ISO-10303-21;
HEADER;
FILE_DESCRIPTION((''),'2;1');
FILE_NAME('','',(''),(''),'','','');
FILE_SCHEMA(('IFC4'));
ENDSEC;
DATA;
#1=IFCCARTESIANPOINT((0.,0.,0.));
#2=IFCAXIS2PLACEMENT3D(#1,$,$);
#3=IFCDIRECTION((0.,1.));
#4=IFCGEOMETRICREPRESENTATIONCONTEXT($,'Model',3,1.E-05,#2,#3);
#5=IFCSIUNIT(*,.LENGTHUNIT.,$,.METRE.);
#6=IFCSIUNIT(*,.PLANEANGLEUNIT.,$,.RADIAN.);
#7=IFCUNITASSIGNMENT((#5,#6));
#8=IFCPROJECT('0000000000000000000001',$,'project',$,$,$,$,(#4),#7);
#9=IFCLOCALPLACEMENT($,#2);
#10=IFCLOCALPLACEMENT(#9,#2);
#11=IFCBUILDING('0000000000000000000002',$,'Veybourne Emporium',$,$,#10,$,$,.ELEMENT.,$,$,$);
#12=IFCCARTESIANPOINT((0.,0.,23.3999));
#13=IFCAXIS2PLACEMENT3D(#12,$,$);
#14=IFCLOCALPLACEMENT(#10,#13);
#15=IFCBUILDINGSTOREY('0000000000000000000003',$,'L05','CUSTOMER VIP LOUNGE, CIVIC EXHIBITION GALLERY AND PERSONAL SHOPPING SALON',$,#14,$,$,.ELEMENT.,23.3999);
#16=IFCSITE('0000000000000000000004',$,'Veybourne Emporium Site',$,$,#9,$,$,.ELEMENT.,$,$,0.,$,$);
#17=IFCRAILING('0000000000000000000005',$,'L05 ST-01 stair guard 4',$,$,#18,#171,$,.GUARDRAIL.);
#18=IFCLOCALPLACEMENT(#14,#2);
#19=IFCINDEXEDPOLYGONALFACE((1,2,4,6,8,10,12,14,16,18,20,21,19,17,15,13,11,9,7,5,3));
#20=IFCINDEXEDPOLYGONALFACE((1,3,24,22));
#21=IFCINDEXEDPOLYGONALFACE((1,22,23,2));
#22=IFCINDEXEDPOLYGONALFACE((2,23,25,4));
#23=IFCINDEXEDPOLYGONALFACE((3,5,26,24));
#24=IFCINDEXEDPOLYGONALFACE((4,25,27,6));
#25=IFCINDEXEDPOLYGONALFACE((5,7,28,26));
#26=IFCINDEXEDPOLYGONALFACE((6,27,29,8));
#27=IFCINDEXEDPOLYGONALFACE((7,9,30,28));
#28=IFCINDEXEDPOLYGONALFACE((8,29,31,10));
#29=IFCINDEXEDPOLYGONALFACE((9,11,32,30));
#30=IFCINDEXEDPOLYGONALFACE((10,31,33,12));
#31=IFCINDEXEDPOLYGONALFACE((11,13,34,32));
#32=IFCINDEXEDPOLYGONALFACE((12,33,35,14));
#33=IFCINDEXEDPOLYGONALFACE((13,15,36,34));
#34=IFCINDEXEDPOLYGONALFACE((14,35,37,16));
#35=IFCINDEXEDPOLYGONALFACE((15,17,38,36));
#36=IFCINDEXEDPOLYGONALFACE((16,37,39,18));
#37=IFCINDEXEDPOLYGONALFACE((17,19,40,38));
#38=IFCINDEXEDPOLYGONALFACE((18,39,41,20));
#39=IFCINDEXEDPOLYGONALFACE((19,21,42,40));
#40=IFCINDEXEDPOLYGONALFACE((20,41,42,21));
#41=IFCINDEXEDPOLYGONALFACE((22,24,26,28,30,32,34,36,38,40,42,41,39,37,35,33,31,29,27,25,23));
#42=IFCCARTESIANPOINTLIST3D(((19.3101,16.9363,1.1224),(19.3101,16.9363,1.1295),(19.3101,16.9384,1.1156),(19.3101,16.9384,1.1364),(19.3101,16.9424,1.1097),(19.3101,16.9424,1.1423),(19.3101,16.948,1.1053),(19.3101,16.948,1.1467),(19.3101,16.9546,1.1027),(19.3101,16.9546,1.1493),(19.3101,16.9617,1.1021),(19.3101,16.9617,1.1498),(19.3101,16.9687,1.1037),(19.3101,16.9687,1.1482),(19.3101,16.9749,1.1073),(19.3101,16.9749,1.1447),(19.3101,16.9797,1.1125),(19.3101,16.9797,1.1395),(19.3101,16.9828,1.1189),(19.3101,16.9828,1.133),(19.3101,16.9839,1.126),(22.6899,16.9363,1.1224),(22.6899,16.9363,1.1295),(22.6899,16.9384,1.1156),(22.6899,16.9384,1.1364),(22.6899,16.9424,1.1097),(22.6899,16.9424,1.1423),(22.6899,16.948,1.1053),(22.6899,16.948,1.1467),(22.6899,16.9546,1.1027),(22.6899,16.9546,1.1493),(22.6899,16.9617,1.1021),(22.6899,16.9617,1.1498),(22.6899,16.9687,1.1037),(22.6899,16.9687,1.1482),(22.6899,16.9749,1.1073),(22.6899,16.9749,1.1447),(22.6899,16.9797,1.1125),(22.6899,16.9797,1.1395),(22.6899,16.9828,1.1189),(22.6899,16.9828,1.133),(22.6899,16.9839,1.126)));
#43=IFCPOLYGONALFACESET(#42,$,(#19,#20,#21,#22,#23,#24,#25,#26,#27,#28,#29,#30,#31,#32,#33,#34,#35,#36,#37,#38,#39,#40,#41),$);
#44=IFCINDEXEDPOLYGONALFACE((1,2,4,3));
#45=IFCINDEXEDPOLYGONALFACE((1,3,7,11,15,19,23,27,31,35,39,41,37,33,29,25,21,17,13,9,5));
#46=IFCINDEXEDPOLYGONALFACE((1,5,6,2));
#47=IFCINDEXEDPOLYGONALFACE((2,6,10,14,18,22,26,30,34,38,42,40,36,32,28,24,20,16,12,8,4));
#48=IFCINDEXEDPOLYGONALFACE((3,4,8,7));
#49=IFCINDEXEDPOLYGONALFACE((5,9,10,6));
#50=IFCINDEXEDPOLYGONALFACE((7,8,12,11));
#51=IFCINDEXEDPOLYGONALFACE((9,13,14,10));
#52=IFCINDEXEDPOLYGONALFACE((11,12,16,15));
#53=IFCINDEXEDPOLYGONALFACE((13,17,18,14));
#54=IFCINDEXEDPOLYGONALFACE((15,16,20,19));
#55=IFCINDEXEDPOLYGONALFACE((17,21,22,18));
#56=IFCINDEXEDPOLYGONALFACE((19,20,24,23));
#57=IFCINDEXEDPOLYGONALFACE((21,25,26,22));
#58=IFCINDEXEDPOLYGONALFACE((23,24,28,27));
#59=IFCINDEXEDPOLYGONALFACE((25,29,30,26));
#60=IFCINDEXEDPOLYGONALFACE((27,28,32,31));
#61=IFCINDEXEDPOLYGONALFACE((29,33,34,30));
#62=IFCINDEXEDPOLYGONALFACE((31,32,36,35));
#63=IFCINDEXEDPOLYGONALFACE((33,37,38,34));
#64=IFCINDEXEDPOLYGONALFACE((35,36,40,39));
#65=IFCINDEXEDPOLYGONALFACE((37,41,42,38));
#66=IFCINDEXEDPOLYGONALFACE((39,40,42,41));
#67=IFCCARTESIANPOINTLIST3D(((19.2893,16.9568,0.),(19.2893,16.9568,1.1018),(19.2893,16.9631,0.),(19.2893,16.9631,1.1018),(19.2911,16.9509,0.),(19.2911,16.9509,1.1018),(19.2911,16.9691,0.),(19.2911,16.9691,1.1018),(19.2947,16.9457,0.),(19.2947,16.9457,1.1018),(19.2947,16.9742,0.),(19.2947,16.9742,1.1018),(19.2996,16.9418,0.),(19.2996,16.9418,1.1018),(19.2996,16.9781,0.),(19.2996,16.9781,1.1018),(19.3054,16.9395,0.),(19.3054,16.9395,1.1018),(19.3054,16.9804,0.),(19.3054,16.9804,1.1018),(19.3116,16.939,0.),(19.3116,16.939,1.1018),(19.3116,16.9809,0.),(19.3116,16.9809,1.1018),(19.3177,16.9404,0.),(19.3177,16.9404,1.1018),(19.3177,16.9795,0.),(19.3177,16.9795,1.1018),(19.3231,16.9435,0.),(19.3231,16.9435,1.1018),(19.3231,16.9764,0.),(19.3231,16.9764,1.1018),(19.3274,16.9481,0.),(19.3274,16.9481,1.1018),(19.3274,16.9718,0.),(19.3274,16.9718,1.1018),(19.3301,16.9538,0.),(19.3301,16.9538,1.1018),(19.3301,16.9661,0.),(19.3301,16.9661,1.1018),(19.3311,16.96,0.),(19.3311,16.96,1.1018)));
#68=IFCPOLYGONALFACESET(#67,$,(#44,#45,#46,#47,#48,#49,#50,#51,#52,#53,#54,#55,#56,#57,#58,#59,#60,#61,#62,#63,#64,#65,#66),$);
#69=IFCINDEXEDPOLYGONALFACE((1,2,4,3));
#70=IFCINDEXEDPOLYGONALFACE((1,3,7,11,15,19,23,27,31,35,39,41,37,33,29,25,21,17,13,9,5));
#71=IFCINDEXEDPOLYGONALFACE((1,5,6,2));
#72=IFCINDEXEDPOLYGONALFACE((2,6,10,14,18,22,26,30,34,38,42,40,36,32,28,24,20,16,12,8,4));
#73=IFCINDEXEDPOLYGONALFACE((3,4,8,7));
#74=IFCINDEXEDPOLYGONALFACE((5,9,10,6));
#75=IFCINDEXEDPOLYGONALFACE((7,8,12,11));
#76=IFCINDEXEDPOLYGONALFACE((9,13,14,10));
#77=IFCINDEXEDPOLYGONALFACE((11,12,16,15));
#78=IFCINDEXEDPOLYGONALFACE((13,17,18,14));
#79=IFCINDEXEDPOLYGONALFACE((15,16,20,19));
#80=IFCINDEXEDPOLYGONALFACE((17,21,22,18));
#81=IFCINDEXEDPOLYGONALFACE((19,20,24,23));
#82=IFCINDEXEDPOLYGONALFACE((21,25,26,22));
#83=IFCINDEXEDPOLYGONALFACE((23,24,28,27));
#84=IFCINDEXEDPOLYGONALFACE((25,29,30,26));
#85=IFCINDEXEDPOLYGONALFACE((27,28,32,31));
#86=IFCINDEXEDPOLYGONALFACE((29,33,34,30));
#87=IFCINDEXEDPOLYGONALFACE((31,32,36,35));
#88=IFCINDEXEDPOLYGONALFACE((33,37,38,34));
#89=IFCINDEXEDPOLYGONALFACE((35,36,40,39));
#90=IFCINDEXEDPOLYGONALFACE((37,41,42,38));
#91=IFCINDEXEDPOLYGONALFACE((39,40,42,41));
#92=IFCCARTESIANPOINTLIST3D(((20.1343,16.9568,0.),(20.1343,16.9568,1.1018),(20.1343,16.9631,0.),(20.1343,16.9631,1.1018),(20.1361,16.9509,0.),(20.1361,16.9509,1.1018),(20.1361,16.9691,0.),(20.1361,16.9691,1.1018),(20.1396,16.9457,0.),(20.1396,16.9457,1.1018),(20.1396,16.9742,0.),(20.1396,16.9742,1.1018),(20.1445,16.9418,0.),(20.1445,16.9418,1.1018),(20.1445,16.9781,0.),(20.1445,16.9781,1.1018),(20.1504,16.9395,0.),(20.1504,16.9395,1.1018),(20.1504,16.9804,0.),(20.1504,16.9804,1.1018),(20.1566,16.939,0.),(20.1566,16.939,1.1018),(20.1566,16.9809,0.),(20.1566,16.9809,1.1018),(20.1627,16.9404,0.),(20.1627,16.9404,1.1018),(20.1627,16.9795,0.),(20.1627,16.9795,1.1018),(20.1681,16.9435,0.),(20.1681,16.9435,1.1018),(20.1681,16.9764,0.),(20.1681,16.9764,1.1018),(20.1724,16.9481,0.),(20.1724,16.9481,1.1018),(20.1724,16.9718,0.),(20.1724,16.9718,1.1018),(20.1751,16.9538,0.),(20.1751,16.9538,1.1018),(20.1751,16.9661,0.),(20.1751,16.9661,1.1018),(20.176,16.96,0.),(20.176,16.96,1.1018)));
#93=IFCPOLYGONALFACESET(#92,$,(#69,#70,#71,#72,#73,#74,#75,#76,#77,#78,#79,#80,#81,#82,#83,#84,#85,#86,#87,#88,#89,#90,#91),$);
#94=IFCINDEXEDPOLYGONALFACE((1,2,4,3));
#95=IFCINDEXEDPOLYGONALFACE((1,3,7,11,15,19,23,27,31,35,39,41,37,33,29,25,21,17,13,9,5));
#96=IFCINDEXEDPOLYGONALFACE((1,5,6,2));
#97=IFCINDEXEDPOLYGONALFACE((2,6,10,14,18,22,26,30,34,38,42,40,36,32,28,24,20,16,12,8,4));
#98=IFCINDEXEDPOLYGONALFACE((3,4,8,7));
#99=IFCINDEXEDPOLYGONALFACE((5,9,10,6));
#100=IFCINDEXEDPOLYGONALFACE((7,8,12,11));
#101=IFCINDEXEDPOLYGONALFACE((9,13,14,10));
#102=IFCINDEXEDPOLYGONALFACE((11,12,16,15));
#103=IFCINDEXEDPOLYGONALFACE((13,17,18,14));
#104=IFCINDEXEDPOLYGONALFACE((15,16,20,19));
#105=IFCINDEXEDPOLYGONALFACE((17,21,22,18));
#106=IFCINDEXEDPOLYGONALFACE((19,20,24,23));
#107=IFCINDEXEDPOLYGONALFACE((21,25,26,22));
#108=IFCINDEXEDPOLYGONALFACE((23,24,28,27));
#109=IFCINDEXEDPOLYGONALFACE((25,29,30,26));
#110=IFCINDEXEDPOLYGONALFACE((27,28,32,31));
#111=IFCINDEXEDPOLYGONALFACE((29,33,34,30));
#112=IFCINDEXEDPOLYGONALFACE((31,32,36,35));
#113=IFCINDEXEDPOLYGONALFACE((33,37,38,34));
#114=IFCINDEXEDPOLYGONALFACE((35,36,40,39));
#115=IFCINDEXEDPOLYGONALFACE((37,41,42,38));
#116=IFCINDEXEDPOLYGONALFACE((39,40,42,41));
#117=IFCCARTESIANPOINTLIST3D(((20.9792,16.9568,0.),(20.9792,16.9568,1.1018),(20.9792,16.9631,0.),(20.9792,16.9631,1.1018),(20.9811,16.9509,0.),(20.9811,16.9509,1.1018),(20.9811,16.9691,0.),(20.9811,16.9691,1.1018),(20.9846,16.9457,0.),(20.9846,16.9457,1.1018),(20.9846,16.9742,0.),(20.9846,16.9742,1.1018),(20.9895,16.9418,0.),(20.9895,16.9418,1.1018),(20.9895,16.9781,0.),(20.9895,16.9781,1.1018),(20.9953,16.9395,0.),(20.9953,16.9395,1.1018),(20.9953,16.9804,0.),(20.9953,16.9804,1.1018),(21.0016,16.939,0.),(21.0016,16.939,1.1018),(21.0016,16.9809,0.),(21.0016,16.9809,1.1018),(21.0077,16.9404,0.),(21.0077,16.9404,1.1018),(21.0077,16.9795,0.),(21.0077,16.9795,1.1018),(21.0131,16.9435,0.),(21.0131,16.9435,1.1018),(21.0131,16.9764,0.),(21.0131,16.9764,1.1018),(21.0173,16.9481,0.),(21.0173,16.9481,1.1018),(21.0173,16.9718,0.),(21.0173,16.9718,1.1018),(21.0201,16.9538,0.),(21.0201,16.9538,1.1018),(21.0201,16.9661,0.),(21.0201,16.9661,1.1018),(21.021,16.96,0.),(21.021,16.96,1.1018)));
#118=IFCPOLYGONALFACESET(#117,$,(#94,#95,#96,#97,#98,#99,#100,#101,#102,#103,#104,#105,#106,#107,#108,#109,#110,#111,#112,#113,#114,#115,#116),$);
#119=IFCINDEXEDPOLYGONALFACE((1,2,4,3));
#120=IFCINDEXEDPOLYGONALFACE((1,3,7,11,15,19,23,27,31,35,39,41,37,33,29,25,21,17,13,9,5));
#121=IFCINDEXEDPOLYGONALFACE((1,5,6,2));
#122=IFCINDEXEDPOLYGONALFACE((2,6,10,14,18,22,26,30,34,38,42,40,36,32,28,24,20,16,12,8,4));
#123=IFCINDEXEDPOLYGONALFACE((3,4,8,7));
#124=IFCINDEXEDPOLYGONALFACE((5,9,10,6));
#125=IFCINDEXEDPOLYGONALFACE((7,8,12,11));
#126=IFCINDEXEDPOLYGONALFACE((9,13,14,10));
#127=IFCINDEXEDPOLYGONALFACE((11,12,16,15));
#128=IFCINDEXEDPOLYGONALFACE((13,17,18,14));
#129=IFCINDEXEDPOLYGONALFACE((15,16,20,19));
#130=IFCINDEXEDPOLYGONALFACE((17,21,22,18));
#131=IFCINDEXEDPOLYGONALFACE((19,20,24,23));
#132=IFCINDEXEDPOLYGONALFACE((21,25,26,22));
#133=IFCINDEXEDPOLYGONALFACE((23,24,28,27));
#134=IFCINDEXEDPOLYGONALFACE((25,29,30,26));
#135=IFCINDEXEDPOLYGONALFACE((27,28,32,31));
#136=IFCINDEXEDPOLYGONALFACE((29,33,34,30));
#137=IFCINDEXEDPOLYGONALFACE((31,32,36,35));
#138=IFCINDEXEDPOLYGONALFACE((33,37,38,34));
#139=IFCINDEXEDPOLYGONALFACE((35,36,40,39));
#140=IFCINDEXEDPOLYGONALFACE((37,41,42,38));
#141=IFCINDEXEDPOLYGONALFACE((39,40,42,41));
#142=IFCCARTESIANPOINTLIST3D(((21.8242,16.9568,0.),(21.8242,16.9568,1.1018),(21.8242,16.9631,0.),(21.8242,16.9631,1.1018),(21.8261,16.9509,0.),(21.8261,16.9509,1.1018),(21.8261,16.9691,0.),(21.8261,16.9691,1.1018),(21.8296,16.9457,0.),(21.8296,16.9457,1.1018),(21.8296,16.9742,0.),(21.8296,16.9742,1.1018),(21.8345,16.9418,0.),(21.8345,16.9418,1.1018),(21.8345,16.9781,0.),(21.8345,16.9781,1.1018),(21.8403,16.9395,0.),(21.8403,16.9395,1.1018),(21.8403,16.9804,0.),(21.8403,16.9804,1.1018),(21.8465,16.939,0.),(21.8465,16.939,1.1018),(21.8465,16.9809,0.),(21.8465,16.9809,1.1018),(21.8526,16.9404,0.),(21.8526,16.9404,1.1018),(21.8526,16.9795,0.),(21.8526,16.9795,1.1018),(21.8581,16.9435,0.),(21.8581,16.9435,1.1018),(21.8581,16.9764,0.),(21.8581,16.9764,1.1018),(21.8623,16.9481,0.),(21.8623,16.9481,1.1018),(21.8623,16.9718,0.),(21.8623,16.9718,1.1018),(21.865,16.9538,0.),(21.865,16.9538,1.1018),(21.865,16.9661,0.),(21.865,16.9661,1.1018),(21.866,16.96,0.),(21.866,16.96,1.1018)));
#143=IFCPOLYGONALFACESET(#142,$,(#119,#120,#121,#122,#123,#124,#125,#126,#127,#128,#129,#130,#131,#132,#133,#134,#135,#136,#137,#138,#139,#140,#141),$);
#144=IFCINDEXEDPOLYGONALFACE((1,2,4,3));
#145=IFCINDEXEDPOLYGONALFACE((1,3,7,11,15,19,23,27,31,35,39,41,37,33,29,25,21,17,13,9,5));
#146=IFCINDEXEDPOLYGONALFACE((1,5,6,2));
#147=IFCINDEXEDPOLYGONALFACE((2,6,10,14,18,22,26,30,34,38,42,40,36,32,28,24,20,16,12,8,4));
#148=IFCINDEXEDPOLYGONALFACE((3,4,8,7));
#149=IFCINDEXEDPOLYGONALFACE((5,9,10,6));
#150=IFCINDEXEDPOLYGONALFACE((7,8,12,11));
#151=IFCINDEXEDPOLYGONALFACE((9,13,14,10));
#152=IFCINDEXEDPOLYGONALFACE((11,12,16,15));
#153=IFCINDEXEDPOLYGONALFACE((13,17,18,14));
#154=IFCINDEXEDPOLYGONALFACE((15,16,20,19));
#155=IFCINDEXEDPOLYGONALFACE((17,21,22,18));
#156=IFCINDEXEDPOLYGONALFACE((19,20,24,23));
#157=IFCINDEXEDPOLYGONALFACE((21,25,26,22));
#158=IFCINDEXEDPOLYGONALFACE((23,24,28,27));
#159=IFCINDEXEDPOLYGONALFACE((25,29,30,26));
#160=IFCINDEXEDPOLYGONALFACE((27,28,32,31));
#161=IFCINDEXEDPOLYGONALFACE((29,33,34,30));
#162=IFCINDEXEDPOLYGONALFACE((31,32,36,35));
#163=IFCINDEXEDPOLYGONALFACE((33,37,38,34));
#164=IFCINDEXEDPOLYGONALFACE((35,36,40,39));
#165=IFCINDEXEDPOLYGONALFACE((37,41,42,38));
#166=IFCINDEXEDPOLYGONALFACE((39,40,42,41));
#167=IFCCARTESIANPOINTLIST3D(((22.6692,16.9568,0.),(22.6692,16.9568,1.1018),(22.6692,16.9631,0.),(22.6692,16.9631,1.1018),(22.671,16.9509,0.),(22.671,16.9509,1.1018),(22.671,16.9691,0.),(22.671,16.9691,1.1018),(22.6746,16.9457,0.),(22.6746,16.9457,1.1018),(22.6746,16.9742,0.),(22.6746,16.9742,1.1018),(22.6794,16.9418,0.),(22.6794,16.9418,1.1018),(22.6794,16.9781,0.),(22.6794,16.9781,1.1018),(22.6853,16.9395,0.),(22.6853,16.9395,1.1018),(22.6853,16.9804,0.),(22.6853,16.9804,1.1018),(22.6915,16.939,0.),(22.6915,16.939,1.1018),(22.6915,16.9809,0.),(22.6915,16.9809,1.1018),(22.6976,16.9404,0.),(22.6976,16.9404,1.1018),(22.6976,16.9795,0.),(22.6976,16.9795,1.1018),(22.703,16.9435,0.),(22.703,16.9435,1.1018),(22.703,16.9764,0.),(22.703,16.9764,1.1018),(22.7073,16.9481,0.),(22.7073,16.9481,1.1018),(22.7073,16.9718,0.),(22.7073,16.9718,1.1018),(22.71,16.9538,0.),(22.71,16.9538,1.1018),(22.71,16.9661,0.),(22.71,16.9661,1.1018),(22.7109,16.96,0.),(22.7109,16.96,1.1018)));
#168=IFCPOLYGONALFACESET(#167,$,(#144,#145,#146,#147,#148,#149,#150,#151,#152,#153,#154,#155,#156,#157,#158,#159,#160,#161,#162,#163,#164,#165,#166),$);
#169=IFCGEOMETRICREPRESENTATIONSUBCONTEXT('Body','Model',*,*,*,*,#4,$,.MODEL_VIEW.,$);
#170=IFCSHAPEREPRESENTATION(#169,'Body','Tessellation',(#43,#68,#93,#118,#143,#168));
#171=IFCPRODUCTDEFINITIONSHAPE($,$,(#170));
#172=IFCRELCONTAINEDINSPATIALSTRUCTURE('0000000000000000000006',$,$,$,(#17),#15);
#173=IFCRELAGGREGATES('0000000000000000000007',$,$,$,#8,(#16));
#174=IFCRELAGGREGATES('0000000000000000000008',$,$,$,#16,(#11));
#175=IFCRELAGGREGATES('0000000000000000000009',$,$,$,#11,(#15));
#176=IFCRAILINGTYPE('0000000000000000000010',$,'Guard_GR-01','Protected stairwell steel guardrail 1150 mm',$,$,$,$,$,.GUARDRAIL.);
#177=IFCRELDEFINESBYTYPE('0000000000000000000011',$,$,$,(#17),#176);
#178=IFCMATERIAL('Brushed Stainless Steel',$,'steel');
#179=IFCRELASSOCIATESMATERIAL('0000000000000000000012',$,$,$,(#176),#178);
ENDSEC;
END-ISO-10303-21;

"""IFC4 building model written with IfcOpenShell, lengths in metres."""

from ifc_helpers import new_model, si_unit, direction, frame, origin, origin_2d, place, context, subcontext, project, spatial, circle, extrude, material, type_object, element, save


model = new_model("IFC4")

# Units and contexts
model_context = context("Model", 3, precision=1e-05, world=origin(), true_north=direction((0.0, 1.0)))
body_context = subcontext(model_context, "Body", "Model", "MODEL_VIEW")
ifc_project = project(units=[si_unit("LENGTHUNIT", "METRE"), si_unit("PLANEANGLEUNIT", "RADIAN")], contexts=[model_context])

# Site, building, storey
site_placement = place(None, origin())
site = spatial("IfcSite", under=ifc_project, at=site_placement, Name="Veybourne Emporium Site", CompositionType="ELEMENT", RefElevation=0.0)
building_placement = place(site_placement, origin())
building = spatial("IfcBuilding", under=site, at=building_placement, Name="Veybourne Emporium", CompositionType="ELEMENT")
storey_placement = place(building_placement, frame((0.0, 0.0, 23.3999)))
storey = spatial("IfcBuildingStorey", under=building, at=storey_placement, Name="L05", Description="CUSTOMER VIP LOUNGE, CIVIC EXHIBITION GALLERY AND PERSONAL SHOPPING SALON", CompositionType="ELEMENT", Elevation=23.3999)

# Railing
ifc_material_1 = material(Name="Brushed Stainless Steel", Category="steel")
railing_type_1 = type_object("IfcRailingType", Name="Guard_GR-01", Description="Protected stairwell steel guardrail 1150 mm", PredefinedType="GUARDRAIL", material=ifc_material_1)
railing_1_placement = place(storey_placement, frame((19.3101, 16.96, 0.0)))
element("IfcRailing", 1, at=railing_1_placement, inside=storey, type_object=railing_type_1, Name="L05 ST-01 stair guard 4", PredefinedType="GUARDRAIL", context=body_context, shape_type="SweptSolid", body=[
    extrude(circle(Radius=0.0239, at=origin_2d()), frame((0.0, 0.0, 1.126), z_axis=(1.0, 0.0, 0.0), x_axis=(0.0, 1.0, 0.0)), (0.0, 0.0, 1.0), 3.3799),
    extrude(circle(Radius=0.021, at=origin_2d()), origin(), (0.0, 0.0, 1.0), 1.1018),
    extrude(circle(Radius=0.021, at=origin_2d()), frame((0.845, 0.0, 0.0)), (0.0, 0.0, 1.0), 1.1018),
    extrude(circle(Radius=0.021, at=origin_2d()), frame((1.6899, 0.0, 0.0)), (0.0, 0.0, 1.0), 1.1018),
    extrude(circle(Radius=0.021, at=origin_2d()), frame((2.5349, 0.0, 0.0)), (0.0, 0.0, 1.0), 1.1018),
    extrude(circle(Radius=0.021, at=origin_2d()), frame((3.3799, 0.0, 0.0)), (0.0, 0.0, 1.0), 1.1018),
])

save(model, "model.ifc")
